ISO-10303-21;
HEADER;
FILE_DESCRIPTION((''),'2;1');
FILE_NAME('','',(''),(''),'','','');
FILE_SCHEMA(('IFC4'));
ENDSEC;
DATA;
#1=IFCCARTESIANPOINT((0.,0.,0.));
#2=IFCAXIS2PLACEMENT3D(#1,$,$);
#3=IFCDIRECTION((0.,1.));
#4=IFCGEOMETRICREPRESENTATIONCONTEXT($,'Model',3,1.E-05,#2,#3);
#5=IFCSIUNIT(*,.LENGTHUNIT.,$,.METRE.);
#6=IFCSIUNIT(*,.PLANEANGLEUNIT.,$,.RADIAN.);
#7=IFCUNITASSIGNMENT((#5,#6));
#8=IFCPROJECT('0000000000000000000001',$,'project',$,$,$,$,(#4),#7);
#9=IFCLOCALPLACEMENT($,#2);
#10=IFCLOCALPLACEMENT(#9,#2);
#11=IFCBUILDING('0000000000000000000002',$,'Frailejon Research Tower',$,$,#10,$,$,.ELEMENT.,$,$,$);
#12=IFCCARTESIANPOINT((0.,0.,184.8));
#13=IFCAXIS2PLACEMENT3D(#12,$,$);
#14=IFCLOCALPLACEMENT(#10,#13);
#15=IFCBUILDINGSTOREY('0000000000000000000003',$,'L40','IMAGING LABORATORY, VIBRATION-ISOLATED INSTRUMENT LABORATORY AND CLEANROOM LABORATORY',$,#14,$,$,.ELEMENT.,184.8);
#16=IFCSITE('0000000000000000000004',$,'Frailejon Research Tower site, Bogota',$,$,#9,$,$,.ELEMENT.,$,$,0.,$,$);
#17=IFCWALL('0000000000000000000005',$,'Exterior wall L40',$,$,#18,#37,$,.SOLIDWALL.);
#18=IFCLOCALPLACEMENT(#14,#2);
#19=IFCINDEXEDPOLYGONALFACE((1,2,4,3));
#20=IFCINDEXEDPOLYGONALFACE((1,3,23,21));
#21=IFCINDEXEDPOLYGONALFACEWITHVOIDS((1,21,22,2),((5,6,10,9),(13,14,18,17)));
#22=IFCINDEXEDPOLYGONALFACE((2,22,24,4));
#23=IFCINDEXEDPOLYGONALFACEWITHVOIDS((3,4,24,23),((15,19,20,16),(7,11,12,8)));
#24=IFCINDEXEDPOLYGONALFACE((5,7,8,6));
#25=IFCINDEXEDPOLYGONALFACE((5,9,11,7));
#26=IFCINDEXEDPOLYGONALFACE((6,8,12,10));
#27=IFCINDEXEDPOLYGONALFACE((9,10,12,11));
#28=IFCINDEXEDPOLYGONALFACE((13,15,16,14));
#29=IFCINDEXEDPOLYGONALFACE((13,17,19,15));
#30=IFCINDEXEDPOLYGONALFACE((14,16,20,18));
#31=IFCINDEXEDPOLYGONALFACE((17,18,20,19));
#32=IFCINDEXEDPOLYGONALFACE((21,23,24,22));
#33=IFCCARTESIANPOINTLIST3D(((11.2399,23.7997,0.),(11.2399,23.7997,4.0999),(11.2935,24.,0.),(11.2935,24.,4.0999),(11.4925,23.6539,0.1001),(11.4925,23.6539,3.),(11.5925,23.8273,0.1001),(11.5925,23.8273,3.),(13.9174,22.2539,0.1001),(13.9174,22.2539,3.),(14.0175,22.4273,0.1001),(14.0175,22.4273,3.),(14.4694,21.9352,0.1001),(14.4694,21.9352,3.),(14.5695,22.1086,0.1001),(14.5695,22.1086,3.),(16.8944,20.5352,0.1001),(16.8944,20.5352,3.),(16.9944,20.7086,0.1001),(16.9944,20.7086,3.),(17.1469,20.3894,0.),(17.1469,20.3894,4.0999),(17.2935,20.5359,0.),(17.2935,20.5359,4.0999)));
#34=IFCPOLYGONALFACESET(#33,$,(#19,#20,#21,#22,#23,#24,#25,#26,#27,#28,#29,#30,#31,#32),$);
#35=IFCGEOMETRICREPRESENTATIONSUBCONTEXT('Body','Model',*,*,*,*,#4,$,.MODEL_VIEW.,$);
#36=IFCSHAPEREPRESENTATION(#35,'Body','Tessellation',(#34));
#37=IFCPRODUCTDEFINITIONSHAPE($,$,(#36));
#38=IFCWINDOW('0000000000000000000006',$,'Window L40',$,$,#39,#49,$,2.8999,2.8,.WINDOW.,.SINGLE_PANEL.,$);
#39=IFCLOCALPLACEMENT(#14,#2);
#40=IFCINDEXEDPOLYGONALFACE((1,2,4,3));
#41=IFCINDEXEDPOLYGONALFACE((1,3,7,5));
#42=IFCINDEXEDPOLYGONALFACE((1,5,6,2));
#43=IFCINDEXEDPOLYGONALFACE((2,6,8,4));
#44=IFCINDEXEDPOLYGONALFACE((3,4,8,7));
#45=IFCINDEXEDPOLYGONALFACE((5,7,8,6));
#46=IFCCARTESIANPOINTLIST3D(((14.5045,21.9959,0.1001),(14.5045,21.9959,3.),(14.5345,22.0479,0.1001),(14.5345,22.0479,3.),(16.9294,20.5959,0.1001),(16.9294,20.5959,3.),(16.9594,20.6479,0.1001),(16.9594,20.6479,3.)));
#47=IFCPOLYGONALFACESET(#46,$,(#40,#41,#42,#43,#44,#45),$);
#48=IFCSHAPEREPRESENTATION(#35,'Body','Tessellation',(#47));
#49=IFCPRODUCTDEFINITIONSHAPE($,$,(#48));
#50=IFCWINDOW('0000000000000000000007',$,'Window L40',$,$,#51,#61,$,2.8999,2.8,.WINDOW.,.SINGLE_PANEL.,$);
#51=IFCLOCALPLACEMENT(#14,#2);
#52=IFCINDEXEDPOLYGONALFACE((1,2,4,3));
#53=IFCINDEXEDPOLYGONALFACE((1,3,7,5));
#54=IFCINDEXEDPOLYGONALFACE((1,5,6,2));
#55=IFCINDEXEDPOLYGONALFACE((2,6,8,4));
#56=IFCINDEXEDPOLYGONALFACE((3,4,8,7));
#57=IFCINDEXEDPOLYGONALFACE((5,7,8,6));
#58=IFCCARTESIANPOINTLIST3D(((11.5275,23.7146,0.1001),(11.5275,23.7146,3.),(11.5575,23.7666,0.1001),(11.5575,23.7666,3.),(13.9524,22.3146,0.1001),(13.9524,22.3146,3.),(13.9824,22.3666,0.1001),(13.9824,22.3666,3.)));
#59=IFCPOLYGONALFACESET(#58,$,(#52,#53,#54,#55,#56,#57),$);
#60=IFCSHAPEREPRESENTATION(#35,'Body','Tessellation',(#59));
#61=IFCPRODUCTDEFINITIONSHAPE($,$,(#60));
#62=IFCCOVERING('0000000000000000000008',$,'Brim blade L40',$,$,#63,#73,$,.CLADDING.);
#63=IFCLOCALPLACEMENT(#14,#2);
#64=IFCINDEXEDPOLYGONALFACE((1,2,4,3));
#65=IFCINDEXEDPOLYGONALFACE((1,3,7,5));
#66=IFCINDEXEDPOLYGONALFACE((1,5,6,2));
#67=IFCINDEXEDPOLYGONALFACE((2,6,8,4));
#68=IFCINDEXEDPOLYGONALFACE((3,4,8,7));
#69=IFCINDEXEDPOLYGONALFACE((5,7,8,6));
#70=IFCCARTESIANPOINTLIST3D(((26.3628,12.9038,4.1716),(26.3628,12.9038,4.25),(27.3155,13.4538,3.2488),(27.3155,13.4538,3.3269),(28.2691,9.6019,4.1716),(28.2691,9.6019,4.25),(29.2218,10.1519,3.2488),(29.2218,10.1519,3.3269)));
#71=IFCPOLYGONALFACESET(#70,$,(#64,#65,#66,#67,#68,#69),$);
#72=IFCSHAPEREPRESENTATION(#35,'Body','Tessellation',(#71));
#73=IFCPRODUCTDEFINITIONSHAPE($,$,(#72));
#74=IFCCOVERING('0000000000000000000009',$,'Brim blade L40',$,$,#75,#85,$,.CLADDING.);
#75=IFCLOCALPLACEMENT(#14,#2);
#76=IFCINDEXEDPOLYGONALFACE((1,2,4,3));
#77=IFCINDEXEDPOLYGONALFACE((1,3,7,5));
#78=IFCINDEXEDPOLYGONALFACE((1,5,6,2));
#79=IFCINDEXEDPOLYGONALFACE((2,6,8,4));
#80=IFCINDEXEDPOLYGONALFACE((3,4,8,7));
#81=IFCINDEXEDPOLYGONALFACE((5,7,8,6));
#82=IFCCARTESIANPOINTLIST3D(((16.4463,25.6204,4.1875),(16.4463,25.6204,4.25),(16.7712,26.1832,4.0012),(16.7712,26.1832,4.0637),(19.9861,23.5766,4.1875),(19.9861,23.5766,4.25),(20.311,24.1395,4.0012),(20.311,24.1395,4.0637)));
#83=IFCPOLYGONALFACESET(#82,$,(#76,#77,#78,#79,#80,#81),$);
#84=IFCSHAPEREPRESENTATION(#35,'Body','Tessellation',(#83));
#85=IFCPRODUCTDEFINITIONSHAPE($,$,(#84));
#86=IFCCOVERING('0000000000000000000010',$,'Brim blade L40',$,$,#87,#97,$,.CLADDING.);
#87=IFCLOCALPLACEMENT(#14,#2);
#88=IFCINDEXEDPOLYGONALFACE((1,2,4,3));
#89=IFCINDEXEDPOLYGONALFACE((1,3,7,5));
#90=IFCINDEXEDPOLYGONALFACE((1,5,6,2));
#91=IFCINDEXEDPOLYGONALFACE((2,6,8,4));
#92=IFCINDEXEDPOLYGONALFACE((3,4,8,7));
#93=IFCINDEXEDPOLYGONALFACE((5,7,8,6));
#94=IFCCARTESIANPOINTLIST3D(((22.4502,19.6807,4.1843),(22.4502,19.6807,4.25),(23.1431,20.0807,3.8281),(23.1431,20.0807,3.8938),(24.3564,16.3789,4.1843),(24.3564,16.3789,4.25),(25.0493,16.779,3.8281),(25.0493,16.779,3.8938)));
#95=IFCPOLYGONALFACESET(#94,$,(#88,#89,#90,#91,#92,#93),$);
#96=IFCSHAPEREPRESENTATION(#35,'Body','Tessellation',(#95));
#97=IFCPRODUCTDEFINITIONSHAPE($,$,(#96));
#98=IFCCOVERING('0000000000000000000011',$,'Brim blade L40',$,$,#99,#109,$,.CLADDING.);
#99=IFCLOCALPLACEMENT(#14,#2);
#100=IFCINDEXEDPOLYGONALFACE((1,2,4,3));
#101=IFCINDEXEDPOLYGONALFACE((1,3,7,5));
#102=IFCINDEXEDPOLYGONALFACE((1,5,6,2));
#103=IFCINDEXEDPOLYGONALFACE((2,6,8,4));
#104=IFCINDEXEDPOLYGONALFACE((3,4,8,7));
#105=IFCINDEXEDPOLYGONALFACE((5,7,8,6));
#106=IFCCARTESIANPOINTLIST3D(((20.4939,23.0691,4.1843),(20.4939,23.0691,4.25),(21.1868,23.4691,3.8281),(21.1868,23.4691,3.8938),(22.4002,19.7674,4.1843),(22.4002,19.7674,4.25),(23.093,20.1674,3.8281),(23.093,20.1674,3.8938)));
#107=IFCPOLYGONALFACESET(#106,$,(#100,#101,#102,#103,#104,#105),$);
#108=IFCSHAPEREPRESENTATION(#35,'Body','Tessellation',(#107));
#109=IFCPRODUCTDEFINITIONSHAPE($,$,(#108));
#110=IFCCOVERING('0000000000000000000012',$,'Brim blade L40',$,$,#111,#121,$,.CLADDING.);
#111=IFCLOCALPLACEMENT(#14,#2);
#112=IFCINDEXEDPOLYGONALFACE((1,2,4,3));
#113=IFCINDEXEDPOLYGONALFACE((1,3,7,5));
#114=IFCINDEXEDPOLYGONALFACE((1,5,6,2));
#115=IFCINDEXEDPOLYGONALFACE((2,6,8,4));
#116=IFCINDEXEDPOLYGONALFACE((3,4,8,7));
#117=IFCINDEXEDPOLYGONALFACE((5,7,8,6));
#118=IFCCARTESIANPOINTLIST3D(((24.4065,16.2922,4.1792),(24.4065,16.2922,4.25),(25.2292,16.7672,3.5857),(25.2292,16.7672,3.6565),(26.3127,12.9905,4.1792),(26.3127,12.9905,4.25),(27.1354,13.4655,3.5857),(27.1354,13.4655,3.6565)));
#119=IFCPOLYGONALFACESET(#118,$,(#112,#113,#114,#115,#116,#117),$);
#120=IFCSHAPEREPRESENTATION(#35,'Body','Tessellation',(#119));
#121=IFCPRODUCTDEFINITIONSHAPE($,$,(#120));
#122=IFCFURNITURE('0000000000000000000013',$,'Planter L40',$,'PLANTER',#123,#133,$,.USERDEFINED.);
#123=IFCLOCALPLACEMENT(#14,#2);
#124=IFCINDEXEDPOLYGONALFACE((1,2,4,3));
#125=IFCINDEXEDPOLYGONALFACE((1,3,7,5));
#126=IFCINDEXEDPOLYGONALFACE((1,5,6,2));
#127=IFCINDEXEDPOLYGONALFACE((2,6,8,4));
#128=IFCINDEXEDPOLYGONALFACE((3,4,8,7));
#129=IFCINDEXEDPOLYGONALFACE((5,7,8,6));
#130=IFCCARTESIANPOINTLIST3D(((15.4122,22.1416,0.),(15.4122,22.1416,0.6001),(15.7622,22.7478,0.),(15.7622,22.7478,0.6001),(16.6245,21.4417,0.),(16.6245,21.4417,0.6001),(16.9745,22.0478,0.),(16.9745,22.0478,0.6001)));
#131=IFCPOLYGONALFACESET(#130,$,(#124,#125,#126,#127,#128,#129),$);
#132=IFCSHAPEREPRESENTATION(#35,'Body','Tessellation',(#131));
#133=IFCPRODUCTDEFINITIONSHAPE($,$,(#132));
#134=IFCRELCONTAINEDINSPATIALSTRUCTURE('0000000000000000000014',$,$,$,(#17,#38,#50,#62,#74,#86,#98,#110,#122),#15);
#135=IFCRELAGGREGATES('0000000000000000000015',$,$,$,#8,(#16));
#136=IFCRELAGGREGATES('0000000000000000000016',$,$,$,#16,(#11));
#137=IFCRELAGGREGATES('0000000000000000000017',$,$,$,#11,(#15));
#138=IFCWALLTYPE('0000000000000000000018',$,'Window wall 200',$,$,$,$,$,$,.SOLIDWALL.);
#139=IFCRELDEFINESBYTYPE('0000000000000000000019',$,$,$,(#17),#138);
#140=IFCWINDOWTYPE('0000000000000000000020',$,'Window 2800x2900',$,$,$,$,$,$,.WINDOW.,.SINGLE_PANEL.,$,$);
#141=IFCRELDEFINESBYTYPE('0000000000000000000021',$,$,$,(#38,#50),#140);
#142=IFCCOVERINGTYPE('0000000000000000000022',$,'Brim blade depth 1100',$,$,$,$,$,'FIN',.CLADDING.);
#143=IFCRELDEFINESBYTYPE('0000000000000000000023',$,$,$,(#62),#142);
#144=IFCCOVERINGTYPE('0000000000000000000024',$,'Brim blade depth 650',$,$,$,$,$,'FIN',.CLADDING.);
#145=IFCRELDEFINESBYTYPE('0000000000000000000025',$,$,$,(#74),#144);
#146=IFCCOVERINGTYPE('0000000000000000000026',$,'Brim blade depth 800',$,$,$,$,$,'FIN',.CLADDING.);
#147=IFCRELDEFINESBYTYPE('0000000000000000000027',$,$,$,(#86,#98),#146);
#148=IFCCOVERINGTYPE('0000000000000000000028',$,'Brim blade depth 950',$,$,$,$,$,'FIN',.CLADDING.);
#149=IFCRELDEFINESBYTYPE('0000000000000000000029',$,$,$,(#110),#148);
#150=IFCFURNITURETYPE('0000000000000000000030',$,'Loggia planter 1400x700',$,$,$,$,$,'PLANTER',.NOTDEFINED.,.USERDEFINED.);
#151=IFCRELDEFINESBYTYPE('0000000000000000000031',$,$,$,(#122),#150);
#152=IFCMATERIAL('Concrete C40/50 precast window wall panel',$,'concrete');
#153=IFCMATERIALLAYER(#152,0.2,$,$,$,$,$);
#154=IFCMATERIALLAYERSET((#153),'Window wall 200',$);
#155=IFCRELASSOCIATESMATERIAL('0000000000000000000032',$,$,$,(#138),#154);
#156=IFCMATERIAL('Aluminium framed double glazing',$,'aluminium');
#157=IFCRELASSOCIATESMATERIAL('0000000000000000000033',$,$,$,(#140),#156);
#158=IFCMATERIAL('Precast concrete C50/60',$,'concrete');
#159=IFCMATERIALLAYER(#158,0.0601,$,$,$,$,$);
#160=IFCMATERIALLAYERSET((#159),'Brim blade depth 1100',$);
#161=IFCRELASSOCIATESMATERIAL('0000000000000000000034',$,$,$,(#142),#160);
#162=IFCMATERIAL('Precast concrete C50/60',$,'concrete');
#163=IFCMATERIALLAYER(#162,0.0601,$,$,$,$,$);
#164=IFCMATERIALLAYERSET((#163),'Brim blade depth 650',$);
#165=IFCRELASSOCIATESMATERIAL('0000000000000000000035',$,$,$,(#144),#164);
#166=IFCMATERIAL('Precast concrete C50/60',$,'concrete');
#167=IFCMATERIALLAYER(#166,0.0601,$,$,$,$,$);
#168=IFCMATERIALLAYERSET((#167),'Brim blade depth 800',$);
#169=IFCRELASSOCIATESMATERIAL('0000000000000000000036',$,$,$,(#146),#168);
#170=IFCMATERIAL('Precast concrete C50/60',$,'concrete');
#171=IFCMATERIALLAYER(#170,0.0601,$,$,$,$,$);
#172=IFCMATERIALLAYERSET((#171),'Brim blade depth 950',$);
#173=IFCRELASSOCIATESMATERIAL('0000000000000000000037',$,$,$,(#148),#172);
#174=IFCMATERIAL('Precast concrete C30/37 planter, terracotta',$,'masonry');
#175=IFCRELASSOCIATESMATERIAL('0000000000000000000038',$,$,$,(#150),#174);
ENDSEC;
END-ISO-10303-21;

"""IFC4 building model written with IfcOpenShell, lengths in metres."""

from ifc_helpers import new_model, si_unit, direction, frame, frame_2d, origin, origin_2d, place, context, subcontext, project, spatial, polyline, rectangle, outline, extrude, material, layer, layer_set, type_object, element, fill, save


model = new_model("IFC4")

# Units and contexts
model_context = context("Model", 3, precision=1e-05, world=origin(), true_north=direction((0.0, 1.0)))
body_context = subcontext(model_context, "Body", "Model", "MODEL_VIEW")
ifc_project = project(units=[si_unit("LENGTHUNIT", "METRE"), si_unit("PLANEANGLEUNIT", "RADIAN")], contexts=[model_context])

# Site, building, storey
site_placement = place(None, origin())
site = spatial("IfcSite", under=ifc_project, at=site_placement, Name="Frailejon Research Tower site, Bogota", CompositionType="ELEMENT", RefElevation=0.0)
building_placement = place(site_placement, origin())
building = spatial("IfcBuilding", under=site, at=building_placement, Name="Frailejon Research Tower", CompositionType="ELEMENT")
storey_placement = place(building_placement, frame((0.0, 0.0, 184.8)))
storey = spatial("IfcBuildingStorey", under=building, at=storey_placement, Name="L40", Description="IMAGING LABORATORY, VIBRATION-ISOLATED INSTRUMENT LABORATORY AND CLEANROOM LABORATORY", CompositionType="ELEMENT", Elevation=184.8)

# Wall, openings, windows
ifc_material_1 = material(Name="Concrete C40/50 precast window wall panel", Category="concrete")
ifc_layer_1 = layer(ifc_material_1, 0.2)
ifc_layer_set_1 = layer_set([ifc_layer_1], Name="Window wall 200")
wall_type = type_object("IfcWallType", Name="Window wall 200", PredefinedType="SOLIDWALL", material=ifc_layer_set_1)
wall_placement = place(storey_placement, frame((17.2202, 20.4626, 0.0), z_axis=(0.0, 0.0, 1.0), x_axis=(-0.866029, 0.499993, 0.0)))
wall = element("IfcWall", 1, at=wall_placement, inside=storey, type_object=wall_type, Name="Exterior wall L40", PredefinedType="SOLIDWALL", context=body_context, shape_type="SweptSolid", body=[
    extrude(outline(polyline([(-0.0269, -0.1001), (1.1279, -0.1001), (2.2825, -0.1001), (3.4373, -0.1001), (4.592, -0.1001), (5.7466, -0.1001), (6.9014, -0.1001), (6.8477, 0.1001), (5.7109, 0.1001), (4.574, 0.1001), (3.4373, 0.1001), (2.3005, 0.1001), (1.1636, 0.1001), (0.0269, 0.1001), (-0.0269, -0.1001)])), origin(), (0.0, 0.0, 1.0), 4.0999),
])
opening_1_placement = place(wall_placement, frame((0.3186, 0.0, 0.1001)))
opening_1 = element("IfcOpeningElement", 2, at=opening_1_placement, cuts=wall, PredefinedType="OPENING", context=body_context, shape_type="SweptSolid", body=[
    extrude(rectangle(XDim=2.8, YDim=2.8999, at=frame_2d((1.3999, 1.45))), frame((0.0, 0.1099, 0.0), z_axis=(0.0, -1.0, 0.0), x_axis=(1.0, 0.0, 0.0)), (0.0, 0.0, 1.0), 0.22),
])
opening_2_placement = place(wall_placement, frame((3.7561, 0.0, 0.1001)))
opening_2 = element("IfcOpeningElement", 3, at=opening_2_placement, cuts=wall, PredefinedType="OPENING", context=body_context, shape_type="SweptSolid", body=[
    extrude(rectangle(XDim=2.8, YDim=2.8999, at=frame_2d((1.3999, 1.45))), frame((0.0, 0.1099, 0.0), z_axis=(0.0, -1.0, 0.0), x_axis=(1.0, 0.0, 0.0)), (0.0, 0.0, 1.0), 0.22),
])
ifc_material_2 = material(Name="Aluminium framed double glazing", Category="aluminium")
window_type = type_object("IfcWindowType", Name="Window 2800x2900", PartitioningType="SINGLE_PANEL", PredefinedType="WINDOW", material=ifc_material_2)
window_1_placement = place(opening_1_placement, origin())
window_1 = element("IfcWindow", 4, at=window_1_placement, inside=storey, type_object=window_type, Name="Window L40", OverallHeight=2.8999, OverallWidth=2.8, PartitioningType="SINGLE_PANEL", PredefinedType="WINDOW", context=body_context, shape_type="SweptSolid", body=[
    extrude(rectangle(XDim=2.8, YDim=2.8999, at=frame_2d((1.3999, 1.45))), frame((0.0, 0.03, 0.0), z_axis=(0.0, -1.0, 0.0), x_axis=(1.0, 0.0, 0.0)), (0.0, 0.0, 1.0), 0.0601),
])
fill(opening_1, window_1)
window_2_placement = place(opening_2_placement, origin())
window_2 = element("IfcWindow", 5, at=window_2_placement, inside=storey, type_object=window_type, Name="Window L40", OverallHeight=2.8999, OverallWidth=2.8, PartitioningType="SINGLE_PANEL", PredefinedType="WINDOW", context=body_context, shape_type="SweptSolid", body=[
    extrude(rectangle(XDim=2.8, YDim=2.8999, at=frame_2d((1.3999, 1.45))), frame((0.0, 0.03, 0.0), z_axis=(0.0, -1.0, 0.0), x_axis=(1.0, 0.0, 0.0)), (0.0, 0.0, 1.0), 0.0601),
])
fill(opening_2, window_2)

# Coverings
ifc_material_3 = material(Name="Precast concrete C50/60", Category="concrete")
ifc_layer_2 = layer(ifc_material_3, 0.0601)
ifc_layer_set_2 = layer_set([ifc_layer_2], Name="Brim blade depth 1100")
covering_type_1 = type_object("IfcCoveringType", Name="Brim blade depth 1100", ElementType="FIN", PredefinedType="CLADDING", material=ifc_layer_set_2)
covering_1_placement = place(storey_placement, frame((26.3628, 12.9038, 4.25), z_axis=(0.49999, -0.866031, 0.0), x_axis=(0.866031, 0.49999, 0.0)))
element("IfcCovering", 6, at=covering_1_placement, inside=storey, type_object=covering_type_1, Name="Brim blade L40", PredefinedType="CLADDING", context=body_context, shape_type="SweptSolid", body=[
    extrude(outline(polyline([(0.0, -0.0784), (1.1001, -1.0012), (1.1001, -0.9231), (0.0, 0.0), (0.0, -0.0784)])), origin(), (0.0, 0.0, 1.0), 3.8127),
])
ifc_material_4 = material(Name="Precast concrete C50/60", Category="concrete")
ifc_layer_3 = layer(ifc_material_4, 0.0601)
ifc_layer_set_3 = layer_set([ifc_layer_3], Name="Brim blade depth 650")
covering_type_2 = type_object("IfcCoveringType", Name="Brim blade depth 650", ElementType="FIN", PredefinedType="CLADDING", material=ifc_layer_set_3)
covering_2_placement = place(storey_placement, frame((16.4463, 25.6204, 4.25), z_axis=(0.866021, -0.500007, 0.0), x_axis=(0.500007, 0.866021, 0.0)))
element("IfcCovering", 7, at=covering_2_placement, inside=storey, type_object=covering_type_2, Name="Brim blade L40", PredefinedType="CLADDING", context=body_context, shape_type="SweptSolid", body=[
    extrude(outline(polyline([(0.0, -0.0625), (0.6499, -0.2488), (0.6499, -0.1863), (0.0, 0.0), (0.0, -0.0625)])), origin(), (0.0, 0.0, 1.0), 4.0874),
])
ifc_material_5 = material(Name="Precast concrete C50/60", Category="concrete")
ifc_layer_4 = layer(ifc_material_5, 0.0601)
ifc_layer_set_4 = layer_set([ifc_layer_4], Name="Brim blade depth 800")
covering_type_3 = type_object("IfcCoveringType", Name="Brim blade depth 800", ElementType="FIN", PredefinedType="CLADDING", material=ifc_layer_set_4)
for number, where, z_axis, x_axis, name in (
    (8, (22.4502, 19.6807, 4.25), (0.500001, -0.866025, 0.0), (0.866025, 0.500001, 0.0), "Brim blade L40"),
    (9, (20.4939, 23.0691, 4.25), (0.500001, -0.866025, 0.0), (0.866025, 0.500001, 0.0), "Brim blade L40"),
):
    element("IfcCovering", number, at=place(storey_placement, frame(where, z_axis=z_axis, x_axis=x_axis)), inside=storey, type_object=covering_type_3, Name=name, PredefinedType="CLADDING", context=body_context, shape_type="SweptSolid", body=[
        extrude(outline(polyline([(0.0, -0.0657), (0.8, -0.4219), (0.8, -0.3562), (0.0, 0.0), (0.0, -0.0657)])), origin(), (0.0, 0.0, 1.0), 3.8125),
    ])
ifc_material_6 = material(Name="Precast concrete C50/60", Category="concrete")
ifc_layer_5 = layer(ifc_material_6, 0.0601)
ifc_layer_set_5 = layer_set([ifc_layer_5], Name="Brim blade depth 950")
covering_type_4 = type_object("IfcCoveringType", Name="Brim blade depth 950", ElementType="FIN", PredefinedType="CLADDING", material=ifc_layer_set_5)
covering_3_placement = place(storey_placement, frame((24.4065, 16.2922, 4.25), z_axis=(0.500001, -0.866025, 0.0), x_axis=(0.866025, 0.500001, 0.0)))
element("IfcCovering", 10, at=covering_3_placement, inside=storey, type_object=covering_type_4, Name="Brim blade L40", PredefinedType="CLADDING", context=body_context, shape_type="SweptSolid", body=[
    extrude(outline(polyline([(0.0, -0.0708), (0.95, -0.6643), (0.95, -0.5935), (0.0, 0.0), (0.0, -0.0708)])), origin(), (0.0, 0.0, 1.0), 3.8125),
])

# Furniture
ifc_material_7 = material(Name="Precast concrete C30/37 planter, terracotta", Category="masonry")
furniture_type = type_object("IfcFurnitureType", Name="Loggia planter 1400x700", ElementType="PLANTER", AssemblyPlace="NOTDEFINED", PredefinedType="USERDEFINED", material=ifc_material_7)
furniture_placement = place(storey_placement, frame((16.1934, 22.0947, 0.0), z_axis=(0.0, 0.0, 1.0), x_axis=(-0.866025, 0.5, 0.0)))
element("IfcFurniture", 11, at=furniture_placement, inside=storey, type_object=furniture_type, Name="Planter L40", ObjectType="PLANTER", PredefinedType="USERDEFINED", context=body_context, shape_type="SweptSolid", body=[
    extrude(rectangle(XDim=1.3999, YDim=0.7, at=origin_2d()), origin(), (0.0, 0.0, 1.0), 0.6001),
])

save(model, "model.ifc")
